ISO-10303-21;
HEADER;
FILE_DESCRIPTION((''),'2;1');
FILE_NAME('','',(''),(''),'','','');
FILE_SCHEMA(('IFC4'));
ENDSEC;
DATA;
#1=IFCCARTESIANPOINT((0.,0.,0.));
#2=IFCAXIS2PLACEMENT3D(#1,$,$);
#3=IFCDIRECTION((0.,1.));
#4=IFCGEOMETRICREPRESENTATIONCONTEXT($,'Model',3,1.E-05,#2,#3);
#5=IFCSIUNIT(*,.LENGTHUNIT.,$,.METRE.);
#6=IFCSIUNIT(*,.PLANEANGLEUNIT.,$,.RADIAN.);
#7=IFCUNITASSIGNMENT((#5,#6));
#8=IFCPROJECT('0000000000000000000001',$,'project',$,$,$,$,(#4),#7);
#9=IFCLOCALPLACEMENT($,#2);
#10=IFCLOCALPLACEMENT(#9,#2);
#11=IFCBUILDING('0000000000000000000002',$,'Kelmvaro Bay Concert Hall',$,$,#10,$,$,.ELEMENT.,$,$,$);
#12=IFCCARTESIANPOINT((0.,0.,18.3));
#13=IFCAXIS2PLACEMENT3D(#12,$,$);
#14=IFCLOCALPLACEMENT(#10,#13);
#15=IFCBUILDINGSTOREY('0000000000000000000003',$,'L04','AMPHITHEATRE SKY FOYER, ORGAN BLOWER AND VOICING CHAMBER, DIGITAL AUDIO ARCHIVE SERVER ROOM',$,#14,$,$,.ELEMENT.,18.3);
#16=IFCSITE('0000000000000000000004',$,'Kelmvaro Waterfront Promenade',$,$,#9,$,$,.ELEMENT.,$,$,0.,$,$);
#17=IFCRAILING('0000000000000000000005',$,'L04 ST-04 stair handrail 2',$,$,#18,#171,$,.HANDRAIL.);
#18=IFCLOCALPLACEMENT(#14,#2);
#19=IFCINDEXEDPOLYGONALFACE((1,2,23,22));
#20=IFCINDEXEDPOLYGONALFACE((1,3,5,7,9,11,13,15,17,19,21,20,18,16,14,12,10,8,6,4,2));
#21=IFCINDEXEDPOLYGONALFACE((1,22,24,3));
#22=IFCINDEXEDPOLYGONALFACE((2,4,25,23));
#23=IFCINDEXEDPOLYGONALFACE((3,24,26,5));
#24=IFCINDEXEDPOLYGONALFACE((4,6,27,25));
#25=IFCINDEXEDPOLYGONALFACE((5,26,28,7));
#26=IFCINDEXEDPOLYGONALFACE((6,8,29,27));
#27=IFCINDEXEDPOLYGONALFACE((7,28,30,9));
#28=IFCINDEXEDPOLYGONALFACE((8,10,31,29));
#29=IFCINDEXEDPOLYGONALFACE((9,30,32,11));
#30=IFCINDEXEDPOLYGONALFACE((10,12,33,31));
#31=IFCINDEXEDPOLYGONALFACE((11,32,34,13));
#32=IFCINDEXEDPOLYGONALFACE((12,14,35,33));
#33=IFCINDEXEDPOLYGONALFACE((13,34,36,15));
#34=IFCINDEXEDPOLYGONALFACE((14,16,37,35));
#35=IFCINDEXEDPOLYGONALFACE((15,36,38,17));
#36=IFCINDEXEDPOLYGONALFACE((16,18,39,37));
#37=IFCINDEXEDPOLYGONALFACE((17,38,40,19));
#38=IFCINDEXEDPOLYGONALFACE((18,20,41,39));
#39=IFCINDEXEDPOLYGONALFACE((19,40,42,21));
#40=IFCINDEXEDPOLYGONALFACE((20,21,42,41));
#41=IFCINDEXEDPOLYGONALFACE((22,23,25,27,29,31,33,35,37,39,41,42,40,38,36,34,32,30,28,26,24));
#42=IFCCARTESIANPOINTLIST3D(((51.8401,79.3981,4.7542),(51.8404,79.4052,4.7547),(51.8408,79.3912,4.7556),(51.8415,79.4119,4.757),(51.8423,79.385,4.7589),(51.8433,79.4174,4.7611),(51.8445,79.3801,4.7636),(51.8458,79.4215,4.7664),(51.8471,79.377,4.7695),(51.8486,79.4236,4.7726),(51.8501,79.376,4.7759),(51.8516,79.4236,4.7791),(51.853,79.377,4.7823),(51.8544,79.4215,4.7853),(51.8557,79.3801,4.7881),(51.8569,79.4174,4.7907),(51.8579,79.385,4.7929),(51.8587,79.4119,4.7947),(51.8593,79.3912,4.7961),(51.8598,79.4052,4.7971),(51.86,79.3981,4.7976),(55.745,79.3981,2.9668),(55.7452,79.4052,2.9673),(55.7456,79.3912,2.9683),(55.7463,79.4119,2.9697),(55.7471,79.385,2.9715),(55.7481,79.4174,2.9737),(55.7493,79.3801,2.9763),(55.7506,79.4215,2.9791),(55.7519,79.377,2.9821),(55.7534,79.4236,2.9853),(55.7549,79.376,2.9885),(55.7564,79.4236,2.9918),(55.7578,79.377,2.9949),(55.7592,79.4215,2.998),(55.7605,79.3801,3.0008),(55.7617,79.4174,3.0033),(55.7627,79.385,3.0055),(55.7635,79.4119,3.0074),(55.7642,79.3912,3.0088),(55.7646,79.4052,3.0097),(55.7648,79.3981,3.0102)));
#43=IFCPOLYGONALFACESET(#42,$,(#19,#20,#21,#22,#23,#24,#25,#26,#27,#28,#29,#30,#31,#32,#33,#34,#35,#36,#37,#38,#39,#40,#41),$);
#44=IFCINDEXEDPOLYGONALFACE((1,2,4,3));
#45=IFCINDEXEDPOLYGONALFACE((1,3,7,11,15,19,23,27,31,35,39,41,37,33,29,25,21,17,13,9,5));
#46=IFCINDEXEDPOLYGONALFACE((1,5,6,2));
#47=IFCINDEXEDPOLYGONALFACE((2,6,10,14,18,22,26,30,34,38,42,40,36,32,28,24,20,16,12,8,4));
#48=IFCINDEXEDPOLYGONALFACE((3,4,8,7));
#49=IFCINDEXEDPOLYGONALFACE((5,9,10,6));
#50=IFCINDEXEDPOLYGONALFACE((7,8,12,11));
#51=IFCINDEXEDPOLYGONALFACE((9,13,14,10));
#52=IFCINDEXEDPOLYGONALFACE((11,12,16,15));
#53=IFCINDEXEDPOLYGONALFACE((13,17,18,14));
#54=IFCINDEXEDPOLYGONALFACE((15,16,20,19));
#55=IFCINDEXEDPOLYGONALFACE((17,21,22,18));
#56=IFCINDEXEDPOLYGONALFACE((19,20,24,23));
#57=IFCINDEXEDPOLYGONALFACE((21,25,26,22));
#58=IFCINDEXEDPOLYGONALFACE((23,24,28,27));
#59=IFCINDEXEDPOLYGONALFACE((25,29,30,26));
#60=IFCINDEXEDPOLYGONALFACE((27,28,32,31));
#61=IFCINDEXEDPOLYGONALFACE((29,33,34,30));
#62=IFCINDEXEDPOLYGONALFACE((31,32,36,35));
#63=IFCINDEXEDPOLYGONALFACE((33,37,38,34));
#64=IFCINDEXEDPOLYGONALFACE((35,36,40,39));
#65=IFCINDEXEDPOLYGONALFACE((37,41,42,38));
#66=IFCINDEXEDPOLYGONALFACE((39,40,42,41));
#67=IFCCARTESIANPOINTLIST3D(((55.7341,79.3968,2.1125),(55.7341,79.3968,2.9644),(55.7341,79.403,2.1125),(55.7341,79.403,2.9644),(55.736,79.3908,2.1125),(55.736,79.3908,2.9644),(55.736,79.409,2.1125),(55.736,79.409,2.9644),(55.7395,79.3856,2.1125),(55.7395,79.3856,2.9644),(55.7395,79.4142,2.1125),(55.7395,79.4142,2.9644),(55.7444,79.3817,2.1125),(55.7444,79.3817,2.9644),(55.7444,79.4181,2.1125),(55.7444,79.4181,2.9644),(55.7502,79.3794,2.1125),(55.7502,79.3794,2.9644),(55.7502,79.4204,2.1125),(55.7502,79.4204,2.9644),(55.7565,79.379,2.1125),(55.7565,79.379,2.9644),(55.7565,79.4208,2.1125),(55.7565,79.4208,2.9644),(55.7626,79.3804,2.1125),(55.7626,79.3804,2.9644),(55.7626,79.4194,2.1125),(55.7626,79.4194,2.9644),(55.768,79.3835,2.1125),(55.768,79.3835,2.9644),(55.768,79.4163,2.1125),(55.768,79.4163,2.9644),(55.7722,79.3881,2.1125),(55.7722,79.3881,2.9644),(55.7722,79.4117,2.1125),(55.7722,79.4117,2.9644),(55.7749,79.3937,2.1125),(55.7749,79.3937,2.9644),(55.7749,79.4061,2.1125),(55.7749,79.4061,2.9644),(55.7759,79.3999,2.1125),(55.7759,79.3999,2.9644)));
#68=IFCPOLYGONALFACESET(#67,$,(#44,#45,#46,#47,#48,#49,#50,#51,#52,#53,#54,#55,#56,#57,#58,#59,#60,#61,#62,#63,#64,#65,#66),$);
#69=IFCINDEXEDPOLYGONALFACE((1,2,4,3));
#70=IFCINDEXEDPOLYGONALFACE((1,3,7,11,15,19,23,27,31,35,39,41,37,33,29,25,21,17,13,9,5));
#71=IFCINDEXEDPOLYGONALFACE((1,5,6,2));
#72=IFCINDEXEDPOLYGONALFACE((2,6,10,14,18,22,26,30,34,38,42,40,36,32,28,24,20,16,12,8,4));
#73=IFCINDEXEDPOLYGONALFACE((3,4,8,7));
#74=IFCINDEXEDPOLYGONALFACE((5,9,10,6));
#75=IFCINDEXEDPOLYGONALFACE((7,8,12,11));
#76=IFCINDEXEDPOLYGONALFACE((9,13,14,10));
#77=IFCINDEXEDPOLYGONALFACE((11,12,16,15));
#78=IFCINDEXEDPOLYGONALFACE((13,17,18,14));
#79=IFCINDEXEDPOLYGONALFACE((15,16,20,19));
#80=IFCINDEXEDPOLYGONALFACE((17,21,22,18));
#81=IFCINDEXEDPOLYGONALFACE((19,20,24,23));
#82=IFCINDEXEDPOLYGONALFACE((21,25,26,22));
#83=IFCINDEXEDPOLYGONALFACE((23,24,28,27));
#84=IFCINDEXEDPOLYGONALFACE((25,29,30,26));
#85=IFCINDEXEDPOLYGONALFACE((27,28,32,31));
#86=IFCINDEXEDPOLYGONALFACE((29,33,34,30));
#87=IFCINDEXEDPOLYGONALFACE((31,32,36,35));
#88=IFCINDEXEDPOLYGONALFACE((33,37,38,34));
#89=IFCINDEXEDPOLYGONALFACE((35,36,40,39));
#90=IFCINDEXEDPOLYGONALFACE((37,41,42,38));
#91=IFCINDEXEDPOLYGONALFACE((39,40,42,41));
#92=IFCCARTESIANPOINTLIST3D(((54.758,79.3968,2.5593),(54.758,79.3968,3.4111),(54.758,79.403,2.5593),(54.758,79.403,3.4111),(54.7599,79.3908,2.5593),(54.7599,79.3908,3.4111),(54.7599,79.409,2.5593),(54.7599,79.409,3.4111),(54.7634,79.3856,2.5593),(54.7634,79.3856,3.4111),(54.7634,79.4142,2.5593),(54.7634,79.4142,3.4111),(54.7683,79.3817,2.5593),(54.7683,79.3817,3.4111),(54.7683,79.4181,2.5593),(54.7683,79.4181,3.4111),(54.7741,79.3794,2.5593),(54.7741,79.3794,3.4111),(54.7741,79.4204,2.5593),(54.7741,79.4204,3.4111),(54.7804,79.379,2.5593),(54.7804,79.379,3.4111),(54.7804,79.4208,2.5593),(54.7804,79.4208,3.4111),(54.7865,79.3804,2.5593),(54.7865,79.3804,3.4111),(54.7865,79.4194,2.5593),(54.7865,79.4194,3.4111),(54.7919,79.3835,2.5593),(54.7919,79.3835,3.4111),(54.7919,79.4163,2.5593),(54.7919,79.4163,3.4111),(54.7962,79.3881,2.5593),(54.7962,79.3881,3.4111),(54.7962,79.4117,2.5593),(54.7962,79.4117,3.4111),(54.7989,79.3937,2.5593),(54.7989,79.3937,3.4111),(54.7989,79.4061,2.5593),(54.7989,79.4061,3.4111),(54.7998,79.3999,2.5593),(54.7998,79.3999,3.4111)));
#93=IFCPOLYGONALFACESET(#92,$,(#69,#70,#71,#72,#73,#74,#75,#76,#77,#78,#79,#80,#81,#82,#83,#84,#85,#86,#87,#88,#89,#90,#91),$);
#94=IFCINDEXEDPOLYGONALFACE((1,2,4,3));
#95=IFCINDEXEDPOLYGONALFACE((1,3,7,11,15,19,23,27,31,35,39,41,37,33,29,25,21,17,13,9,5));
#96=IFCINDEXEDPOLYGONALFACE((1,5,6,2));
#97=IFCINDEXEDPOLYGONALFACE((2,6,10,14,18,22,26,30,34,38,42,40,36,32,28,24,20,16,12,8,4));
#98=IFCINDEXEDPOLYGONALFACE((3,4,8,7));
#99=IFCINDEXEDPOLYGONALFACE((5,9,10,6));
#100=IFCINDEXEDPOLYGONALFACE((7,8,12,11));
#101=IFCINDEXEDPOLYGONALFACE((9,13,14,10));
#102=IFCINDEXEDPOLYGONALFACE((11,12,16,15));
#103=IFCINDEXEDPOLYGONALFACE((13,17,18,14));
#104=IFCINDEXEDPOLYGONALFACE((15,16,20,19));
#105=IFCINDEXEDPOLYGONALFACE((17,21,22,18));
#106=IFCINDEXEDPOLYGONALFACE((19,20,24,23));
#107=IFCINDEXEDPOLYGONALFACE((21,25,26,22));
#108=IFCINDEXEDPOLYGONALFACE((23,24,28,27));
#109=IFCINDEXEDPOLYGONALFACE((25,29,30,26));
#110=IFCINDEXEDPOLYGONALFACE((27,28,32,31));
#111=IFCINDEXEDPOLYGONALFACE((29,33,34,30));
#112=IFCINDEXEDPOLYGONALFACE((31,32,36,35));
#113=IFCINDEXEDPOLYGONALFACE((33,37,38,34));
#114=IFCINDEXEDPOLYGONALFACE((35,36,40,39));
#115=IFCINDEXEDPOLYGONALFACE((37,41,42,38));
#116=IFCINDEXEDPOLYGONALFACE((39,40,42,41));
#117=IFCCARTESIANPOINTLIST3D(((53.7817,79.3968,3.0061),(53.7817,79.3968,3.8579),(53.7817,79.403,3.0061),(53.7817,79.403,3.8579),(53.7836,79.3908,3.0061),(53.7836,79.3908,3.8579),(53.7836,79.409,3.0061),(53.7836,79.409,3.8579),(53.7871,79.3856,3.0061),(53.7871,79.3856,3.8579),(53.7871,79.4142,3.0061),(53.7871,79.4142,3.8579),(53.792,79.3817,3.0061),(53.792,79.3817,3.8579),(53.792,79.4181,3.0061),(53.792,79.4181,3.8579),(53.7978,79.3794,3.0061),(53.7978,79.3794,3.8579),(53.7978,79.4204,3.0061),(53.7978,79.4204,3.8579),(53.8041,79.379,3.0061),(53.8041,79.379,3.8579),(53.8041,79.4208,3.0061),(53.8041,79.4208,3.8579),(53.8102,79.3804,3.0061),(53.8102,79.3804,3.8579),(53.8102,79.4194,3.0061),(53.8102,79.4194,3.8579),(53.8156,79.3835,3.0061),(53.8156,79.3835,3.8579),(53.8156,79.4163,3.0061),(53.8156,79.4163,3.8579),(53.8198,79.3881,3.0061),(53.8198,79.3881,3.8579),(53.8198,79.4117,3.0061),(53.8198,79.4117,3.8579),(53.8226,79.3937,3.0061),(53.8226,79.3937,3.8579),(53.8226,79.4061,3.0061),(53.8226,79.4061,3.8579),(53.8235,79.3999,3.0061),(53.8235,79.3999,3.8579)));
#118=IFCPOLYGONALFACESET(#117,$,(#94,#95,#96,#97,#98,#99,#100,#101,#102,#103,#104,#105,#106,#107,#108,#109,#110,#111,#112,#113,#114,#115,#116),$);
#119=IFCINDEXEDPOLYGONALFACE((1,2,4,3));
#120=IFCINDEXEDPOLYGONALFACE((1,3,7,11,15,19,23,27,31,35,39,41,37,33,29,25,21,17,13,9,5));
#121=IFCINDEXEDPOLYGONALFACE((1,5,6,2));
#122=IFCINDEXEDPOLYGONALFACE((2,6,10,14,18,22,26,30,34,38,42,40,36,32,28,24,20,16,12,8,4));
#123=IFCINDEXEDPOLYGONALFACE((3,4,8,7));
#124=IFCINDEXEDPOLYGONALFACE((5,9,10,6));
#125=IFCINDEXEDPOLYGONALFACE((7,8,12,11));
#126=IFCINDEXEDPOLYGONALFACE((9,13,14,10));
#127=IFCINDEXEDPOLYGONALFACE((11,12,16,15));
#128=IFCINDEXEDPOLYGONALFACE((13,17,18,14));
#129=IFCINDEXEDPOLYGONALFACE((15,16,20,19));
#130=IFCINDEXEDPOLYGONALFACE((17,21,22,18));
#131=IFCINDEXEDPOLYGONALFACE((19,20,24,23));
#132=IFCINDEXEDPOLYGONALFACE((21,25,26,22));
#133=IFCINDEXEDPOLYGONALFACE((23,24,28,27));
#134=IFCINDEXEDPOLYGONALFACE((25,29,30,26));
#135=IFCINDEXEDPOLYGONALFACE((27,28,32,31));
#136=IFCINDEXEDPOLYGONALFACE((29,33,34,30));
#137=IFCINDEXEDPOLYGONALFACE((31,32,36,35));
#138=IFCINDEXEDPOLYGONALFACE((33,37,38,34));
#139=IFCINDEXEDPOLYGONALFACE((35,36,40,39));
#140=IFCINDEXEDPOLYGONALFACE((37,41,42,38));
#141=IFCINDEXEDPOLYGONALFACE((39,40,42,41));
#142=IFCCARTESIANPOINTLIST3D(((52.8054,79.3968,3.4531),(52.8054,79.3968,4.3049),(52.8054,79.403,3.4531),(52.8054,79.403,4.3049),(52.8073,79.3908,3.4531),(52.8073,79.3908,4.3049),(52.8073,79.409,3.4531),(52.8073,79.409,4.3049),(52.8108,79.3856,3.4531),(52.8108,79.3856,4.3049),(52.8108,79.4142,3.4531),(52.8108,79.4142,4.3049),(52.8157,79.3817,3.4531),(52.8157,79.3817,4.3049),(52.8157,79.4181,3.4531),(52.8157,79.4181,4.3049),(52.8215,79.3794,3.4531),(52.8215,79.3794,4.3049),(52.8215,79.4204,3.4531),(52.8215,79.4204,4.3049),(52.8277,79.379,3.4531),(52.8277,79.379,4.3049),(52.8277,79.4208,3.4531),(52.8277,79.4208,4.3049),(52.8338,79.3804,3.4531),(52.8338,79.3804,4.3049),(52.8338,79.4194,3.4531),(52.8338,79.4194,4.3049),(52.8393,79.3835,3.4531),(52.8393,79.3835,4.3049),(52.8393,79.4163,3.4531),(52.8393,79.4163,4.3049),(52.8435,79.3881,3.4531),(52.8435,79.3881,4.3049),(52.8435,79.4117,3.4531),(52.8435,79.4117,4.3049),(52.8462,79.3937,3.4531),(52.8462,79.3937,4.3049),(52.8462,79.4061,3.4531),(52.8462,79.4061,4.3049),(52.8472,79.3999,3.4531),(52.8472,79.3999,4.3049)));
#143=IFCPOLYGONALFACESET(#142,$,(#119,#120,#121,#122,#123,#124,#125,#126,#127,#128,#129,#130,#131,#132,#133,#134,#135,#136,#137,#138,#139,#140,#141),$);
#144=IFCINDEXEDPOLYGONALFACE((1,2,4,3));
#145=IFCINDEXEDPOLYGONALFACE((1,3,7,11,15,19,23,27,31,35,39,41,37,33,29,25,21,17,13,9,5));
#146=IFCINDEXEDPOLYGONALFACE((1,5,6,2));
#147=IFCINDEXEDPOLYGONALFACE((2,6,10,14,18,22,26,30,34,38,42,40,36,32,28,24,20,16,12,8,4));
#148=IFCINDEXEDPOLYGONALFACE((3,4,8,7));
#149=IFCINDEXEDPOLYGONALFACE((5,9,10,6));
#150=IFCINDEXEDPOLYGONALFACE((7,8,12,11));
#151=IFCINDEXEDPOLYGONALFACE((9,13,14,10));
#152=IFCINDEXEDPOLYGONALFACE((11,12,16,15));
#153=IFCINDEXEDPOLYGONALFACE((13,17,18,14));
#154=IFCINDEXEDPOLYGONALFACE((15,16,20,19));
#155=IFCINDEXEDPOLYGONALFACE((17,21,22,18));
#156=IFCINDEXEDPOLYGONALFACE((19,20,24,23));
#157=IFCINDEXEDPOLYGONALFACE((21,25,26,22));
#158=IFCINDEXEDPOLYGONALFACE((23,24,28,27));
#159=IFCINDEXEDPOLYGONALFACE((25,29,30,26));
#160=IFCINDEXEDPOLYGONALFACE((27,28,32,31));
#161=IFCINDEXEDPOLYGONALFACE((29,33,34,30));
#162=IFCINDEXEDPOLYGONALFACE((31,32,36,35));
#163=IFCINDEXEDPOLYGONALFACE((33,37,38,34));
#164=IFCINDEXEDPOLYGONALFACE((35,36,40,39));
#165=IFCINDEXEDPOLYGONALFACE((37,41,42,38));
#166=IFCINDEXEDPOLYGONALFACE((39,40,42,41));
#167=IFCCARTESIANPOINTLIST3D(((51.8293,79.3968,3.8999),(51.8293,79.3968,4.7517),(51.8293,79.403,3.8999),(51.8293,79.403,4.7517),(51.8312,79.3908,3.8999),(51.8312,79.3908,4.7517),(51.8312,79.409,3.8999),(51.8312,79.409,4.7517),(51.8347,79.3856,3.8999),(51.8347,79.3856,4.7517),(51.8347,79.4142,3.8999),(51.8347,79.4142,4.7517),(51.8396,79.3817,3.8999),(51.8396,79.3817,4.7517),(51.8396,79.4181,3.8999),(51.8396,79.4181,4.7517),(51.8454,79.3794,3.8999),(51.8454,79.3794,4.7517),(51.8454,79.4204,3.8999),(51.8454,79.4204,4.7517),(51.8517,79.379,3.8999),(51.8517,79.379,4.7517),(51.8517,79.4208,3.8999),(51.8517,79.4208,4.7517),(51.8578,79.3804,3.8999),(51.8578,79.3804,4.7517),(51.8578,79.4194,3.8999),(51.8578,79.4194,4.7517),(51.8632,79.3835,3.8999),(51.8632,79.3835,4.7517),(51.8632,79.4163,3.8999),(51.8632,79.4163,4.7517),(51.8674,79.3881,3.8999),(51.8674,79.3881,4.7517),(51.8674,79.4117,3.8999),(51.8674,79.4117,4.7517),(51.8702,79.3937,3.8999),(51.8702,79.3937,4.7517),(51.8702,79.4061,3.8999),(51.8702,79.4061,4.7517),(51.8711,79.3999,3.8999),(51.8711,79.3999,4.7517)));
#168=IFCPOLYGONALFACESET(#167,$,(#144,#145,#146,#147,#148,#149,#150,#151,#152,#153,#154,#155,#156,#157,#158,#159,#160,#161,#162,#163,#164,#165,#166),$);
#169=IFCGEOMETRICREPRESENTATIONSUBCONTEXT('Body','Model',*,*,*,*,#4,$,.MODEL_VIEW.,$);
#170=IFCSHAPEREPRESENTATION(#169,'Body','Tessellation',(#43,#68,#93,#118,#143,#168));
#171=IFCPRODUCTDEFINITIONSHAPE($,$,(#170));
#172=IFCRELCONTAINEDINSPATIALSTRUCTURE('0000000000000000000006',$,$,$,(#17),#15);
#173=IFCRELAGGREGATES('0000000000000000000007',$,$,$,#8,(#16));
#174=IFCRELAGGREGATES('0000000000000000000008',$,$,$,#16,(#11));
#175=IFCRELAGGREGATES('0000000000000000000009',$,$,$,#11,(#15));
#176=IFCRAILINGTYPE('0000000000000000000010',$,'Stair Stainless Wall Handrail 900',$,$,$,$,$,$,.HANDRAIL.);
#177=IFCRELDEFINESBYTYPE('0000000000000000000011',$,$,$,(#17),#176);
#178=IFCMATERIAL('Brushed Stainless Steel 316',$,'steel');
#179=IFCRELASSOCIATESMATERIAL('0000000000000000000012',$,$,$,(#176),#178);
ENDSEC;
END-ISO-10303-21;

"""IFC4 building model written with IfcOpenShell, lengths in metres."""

from ifc_helpers import new_model, si_unit, direction, frame, origin, origin_2d, place, context, subcontext, project, spatial, circle, extrude, material, type_object, element, save


model = new_model("IFC4")

# Units and contexts
model_context = context("Model", 3, precision=1e-05, world=origin(), true_north=direction((0.0, 1.0)))
body_context = subcontext(model_context, "Body", "Model", "MODEL_VIEW")
ifc_project = project(units=[si_unit("LENGTHUNIT", "METRE"), si_unit("PLANEANGLEUNIT", "RADIAN")], contexts=[model_context])

# Site, building, storey
site_placement = place(None, origin())
site = spatial("IfcSite", under=ifc_project, at=site_placement, Name="Kelmvaro Waterfront Promenade", CompositionType="ELEMENT", RefElevation=0.0)
building_placement = place(site_placement, origin())
building = spatial("IfcBuilding", under=site, at=building_placement, Name="Kelmvaro Bay Concert Hall", CompositionType="ELEMENT")
storey_placement = place(building_placement, frame((0.0, 0.0, 18.3)))
storey = spatial("IfcBuildingStorey", under=building, at=storey_placement, Name="L04", Description="AMPHITHEATRE SKY FOYER, ORGAN BLOWER AND VOICING CHAMBER, DIGITAL AUDIO ARCHIVE SERVER ROOM", CompositionType="ELEMENT", Elevation=18.3)

# Railing
ifc_material_1 = material(Name="Brushed Stainless Steel 316", Category="steel")
railing_type_1 = type_object("IfcRailingType", Name="Stair Stainless Wall Handrail 900", PredefinedType="HANDRAIL", material=ifc_material_1)
railing_1_placement = place(storey_placement, frame((55.7549, 79.3999, 2.1125)))
element("IfcRailing", 1, at=railing_1_placement, inside=storey, type_object=railing_type_1, Name="L04 ST-04 stair handrail 2", PredefinedType="HANDRAIL", context=body_context, shape_type="SweptSolid", body=[
    extrude(circle(Radius=0.0239, at=origin_2d()), frame((0.0, 0.0, 0.876), z_axis=(-0.909271, 0.0, 0.416204), x_axis=(0.0, -1.0, 0.0)), (0.0, 0.0, 1.0), 4.2944),
    extrude(circle(Radius=0.021, at=origin_2d()), origin(), (0.0, 0.0, 1.0), 0.8518),
    extrude(circle(Radius=0.021, at=origin_2d()), frame((-0.9761, 0.0, 0.4468)), (0.0, 0.0, 1.0), 0.8518),
    extrude(circle(Radius=0.021, at=origin_2d()), frame((-1.9524, 0.0, 0.8936)), (0.0, 0.0, 1.0), 0.8518),
    extrude(circle(Radius=0.021, at=origin_2d()), frame((-2.9287, 0.0, 1.3406)), (0.0, 0.0, 1.0), 0.8518),
    extrude(circle(Radius=0.021, at=origin_2d()), frame((-3.9048, 0.0, 1.7874)), (0.0, 0.0, 1.0), 0.8518),
])

save(model, "model.ifc")
